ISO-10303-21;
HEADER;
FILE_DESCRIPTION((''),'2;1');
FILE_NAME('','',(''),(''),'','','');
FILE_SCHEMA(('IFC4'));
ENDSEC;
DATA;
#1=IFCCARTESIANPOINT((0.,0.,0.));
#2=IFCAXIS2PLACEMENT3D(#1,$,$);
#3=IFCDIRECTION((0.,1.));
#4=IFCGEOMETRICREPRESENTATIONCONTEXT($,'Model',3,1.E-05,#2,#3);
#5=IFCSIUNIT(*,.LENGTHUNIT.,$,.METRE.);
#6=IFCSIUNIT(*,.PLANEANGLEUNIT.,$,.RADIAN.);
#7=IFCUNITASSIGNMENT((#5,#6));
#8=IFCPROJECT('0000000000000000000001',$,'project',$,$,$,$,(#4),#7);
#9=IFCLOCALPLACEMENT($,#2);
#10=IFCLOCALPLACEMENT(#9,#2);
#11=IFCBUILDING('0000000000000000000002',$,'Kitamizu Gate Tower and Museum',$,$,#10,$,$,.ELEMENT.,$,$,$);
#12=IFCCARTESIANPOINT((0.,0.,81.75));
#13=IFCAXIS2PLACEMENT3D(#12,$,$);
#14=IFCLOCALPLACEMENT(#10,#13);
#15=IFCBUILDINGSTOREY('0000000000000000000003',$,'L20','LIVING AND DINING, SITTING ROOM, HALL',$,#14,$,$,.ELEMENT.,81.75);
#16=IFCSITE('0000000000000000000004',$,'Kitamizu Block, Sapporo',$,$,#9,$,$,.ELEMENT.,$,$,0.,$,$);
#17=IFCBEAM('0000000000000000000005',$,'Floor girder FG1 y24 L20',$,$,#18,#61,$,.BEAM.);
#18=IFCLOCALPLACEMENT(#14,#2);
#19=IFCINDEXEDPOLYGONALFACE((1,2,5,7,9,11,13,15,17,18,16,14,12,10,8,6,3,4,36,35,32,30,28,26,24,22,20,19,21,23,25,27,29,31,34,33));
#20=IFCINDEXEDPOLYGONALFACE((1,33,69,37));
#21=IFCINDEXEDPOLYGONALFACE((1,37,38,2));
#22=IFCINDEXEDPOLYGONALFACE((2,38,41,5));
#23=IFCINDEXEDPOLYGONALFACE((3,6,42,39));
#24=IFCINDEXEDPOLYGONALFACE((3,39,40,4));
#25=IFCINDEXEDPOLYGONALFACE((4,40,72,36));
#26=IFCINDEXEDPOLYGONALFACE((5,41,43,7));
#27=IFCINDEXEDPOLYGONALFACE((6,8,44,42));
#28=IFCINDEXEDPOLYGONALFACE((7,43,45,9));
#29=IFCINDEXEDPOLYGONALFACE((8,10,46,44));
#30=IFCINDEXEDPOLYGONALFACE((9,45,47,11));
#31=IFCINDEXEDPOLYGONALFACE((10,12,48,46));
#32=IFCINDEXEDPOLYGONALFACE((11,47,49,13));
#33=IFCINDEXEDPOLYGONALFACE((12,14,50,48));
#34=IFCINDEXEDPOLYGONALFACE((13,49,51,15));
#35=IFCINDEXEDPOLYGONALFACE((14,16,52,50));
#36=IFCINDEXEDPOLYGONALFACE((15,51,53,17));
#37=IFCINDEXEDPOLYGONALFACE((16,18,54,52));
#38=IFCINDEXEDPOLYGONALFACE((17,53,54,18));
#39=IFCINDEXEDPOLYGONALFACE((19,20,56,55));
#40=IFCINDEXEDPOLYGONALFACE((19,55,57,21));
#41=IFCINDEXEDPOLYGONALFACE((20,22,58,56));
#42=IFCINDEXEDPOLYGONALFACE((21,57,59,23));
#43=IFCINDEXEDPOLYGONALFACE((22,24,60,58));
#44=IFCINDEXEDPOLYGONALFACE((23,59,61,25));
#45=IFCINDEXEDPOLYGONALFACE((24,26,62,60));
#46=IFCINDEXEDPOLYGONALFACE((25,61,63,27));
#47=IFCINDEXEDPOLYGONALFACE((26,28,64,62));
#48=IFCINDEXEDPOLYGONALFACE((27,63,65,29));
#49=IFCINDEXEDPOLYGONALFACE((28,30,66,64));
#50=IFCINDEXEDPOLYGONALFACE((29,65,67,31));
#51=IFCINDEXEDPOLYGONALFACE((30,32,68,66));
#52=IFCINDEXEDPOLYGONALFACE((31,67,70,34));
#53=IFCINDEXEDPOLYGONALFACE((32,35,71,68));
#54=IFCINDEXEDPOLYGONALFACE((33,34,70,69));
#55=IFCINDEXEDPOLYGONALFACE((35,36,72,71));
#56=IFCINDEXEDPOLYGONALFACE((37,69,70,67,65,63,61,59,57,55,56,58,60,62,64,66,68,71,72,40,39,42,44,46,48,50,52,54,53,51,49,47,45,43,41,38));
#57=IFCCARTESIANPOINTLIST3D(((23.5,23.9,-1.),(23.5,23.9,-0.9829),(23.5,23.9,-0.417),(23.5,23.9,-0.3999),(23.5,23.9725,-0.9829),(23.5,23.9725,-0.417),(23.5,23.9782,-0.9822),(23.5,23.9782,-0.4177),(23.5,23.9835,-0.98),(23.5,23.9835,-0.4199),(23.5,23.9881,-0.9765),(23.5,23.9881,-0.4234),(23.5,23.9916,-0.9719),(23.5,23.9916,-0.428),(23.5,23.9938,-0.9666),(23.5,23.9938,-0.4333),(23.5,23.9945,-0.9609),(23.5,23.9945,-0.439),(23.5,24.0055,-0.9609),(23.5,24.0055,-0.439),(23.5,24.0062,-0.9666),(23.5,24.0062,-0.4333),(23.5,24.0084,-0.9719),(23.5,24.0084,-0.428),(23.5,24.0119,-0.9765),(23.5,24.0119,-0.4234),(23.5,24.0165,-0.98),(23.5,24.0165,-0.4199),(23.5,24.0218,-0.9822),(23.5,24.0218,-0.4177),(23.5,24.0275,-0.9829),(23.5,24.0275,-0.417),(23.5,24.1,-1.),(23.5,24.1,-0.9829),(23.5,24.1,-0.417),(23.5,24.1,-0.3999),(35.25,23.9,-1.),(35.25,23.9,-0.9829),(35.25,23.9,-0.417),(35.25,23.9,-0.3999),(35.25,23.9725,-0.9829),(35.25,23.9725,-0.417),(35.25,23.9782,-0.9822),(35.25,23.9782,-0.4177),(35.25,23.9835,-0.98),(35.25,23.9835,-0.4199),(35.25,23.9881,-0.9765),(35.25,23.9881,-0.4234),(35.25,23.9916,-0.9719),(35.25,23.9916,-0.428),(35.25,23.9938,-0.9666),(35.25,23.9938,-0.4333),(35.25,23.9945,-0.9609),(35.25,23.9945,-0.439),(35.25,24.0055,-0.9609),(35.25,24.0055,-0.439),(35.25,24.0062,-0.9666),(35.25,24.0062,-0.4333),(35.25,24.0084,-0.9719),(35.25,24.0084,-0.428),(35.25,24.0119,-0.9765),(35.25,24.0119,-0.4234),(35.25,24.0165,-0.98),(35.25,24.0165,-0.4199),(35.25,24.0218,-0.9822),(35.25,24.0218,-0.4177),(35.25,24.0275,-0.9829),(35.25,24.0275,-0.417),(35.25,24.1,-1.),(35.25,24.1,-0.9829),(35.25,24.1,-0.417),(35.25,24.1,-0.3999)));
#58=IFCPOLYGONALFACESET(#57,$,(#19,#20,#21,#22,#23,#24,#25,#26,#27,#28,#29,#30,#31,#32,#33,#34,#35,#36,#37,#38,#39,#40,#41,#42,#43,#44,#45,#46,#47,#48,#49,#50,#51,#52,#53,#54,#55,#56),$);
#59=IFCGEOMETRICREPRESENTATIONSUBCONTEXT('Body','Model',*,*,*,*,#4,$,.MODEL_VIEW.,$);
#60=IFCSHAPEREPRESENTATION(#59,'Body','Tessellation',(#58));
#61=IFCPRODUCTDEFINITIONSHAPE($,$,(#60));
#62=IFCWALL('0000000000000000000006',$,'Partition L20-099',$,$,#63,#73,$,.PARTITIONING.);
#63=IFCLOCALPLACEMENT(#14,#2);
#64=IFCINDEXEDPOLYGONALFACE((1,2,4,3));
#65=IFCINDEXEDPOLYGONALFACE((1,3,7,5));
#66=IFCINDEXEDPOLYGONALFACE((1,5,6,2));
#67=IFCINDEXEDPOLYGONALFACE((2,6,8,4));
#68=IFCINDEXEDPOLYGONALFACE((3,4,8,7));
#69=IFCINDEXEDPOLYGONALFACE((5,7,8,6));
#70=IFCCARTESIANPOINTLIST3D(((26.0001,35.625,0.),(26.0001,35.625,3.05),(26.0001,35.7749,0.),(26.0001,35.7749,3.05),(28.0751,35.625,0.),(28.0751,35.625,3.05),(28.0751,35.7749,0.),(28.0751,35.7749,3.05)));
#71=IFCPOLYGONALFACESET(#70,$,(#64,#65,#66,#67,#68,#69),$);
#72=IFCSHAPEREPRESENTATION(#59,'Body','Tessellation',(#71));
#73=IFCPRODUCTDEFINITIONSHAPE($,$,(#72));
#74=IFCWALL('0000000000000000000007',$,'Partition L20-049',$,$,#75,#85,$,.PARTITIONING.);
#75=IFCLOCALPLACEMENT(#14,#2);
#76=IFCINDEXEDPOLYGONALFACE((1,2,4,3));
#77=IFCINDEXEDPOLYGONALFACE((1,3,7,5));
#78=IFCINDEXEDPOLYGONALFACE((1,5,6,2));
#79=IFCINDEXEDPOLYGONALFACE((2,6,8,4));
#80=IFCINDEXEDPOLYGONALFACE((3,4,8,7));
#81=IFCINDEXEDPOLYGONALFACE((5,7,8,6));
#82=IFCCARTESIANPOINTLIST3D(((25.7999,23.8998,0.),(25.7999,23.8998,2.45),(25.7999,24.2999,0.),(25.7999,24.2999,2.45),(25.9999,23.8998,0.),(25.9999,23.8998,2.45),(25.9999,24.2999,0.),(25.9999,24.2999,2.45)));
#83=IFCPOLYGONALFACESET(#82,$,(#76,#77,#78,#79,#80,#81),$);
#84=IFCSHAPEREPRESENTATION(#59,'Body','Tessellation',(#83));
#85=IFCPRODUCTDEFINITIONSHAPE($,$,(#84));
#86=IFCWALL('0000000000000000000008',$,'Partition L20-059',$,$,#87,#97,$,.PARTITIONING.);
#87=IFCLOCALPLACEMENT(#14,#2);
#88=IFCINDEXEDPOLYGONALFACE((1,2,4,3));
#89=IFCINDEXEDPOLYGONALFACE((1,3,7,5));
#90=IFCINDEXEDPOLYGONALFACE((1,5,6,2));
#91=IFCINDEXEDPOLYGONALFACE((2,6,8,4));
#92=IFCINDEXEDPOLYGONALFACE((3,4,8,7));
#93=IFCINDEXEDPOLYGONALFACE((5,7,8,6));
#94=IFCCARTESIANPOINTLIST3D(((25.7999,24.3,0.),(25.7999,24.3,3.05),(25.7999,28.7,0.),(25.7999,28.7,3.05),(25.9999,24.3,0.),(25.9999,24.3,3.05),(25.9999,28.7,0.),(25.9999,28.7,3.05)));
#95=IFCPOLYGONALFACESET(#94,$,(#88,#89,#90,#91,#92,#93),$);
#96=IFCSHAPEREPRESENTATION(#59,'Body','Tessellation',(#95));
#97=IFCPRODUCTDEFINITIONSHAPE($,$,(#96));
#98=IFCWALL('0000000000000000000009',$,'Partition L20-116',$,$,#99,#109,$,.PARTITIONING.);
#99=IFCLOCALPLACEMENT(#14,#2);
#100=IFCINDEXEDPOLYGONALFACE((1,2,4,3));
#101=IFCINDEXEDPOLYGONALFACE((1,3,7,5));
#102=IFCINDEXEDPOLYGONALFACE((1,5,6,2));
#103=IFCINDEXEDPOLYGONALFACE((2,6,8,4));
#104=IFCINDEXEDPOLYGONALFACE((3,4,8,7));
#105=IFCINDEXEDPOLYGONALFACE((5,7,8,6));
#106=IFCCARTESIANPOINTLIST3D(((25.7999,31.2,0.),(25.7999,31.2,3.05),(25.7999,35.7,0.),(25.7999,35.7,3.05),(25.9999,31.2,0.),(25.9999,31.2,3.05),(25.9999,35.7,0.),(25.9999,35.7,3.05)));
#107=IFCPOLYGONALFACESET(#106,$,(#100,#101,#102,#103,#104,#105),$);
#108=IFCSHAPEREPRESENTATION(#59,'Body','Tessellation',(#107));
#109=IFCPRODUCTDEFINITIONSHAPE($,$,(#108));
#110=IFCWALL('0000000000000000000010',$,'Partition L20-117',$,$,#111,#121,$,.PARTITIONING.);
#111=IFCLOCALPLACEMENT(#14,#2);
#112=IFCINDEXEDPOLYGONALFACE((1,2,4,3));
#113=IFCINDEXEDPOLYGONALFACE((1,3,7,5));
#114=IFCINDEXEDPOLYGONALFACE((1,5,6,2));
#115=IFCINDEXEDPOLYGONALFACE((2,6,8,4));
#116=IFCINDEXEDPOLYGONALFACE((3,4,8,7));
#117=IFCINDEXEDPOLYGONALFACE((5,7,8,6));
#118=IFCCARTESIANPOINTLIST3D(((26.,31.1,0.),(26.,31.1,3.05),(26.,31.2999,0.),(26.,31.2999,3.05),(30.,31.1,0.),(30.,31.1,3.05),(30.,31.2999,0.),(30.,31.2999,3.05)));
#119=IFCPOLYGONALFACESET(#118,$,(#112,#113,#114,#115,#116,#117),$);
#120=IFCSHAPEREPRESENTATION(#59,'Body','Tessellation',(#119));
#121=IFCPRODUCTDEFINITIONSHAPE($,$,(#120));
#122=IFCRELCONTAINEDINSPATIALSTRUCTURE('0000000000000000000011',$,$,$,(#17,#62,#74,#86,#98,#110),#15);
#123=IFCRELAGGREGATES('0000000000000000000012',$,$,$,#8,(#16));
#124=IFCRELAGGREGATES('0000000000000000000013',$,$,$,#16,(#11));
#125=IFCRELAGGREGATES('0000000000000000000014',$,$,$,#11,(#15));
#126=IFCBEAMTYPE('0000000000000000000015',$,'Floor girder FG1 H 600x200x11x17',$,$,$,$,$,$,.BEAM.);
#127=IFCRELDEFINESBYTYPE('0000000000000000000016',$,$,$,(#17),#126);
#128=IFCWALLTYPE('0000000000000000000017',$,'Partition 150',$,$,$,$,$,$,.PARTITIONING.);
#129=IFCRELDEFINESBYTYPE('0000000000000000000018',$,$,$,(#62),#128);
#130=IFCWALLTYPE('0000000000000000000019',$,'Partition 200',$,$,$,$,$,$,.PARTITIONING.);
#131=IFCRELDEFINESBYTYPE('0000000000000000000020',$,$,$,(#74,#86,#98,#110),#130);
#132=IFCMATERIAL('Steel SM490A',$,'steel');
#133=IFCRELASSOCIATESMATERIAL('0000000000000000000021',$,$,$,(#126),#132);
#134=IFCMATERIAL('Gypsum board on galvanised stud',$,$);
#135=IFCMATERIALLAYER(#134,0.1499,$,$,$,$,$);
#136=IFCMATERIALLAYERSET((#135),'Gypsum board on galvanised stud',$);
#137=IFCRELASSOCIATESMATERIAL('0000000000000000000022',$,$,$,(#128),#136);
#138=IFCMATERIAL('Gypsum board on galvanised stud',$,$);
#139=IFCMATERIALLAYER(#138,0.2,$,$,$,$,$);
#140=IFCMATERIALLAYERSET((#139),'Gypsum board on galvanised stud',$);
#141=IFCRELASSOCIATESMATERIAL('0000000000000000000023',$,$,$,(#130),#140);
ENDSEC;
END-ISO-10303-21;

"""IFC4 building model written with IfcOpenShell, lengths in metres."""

from ifc_helpers import new_model, si_unit, direction, frame, frame_2d, origin, origin_2d, place, context, subcontext, project, spatial, rectangle, i_section, extrude, material, layer, layer_set, material_profile, profile_set, type_object, element, save


model = new_model("IFC4")

# Units and contexts
model_context = context("Model", 3, precision=1e-05, world=origin(), true_north=direction((0.0, 1.0)))
body_context = subcontext(model_context, "Body", "Model", "MODEL_VIEW")
ifc_project = project(units=[si_unit("LENGTHUNIT", "METRE"), si_unit("PLANEANGLEUNIT", "RADIAN")], contexts=[model_context])

# Site, building, storey
site_placement = place(None, origin())
site = spatial("IfcSite", under=ifc_project, at=site_placement, Name="Kitamizu Block, Sapporo", CompositionType="ELEMENT", RefElevation=0.0)
building_placement = place(site_placement, origin())
building = spatial("IfcBuilding", under=site, at=building_placement, Name="Kitamizu Gate Tower and Museum", CompositionType="ELEMENT")
storey_placement = place(building_placement, frame((0.0, 0.0, 81.75)))
storey = spatial("IfcBuildingStorey", under=building, at=storey_placement, Name="L20", Description="LIVING AND DINING, SITTING ROOM, HALL", CompositionType="ELEMENT", Elevation=81.75)

# Beam
ifc_material_1 = material(Name="Steel SM490A", Category="steel")
ifc_material_profile = material_profile(ifc_material_1, i_section(OverallWidth=0.2, OverallDepth=0.6001, WebThickness=0.011, FlangeThickness=0.0171, FilletRadius=0.022, at=origin_2d()), Name="H-600x200x11x17")
ifc_profile_set = profile_set([ifc_material_profile], Name="Steel SM490A")
beam_type = type_object("IfcBeamType", Name="Floor girder FG1 H 600x200x11x17", PredefinedType="BEAM", material=ifc_profile_set)
beam_placement = place(storey_placement, frame((23.5, 24.0, -0.7), z_axis=(1.0, 0.0, 0.0), x_axis=(0.0, 1.0, 0.0)))
element("IfcBeam", 1, at=beam_placement, inside=storey, type_object=beam_type, Name="Floor girder FG1 y24 L20", PredefinedType="BEAM", context=body_context, shape_type="SweptSolid", body=[
    extrude(i_section(OverallWidth=0.2, OverallDepth=0.6001, WebThickness=0.011, FlangeThickness=0.0171, FilletRadius=0.022, at=origin_2d()), origin(), (0.0, 0.0, 1.0), 11.75),
])

# Walls
ifc_material_2 = material(Name="Gypsum board on galvanised stud")
ifc_layer_1 = layer(ifc_material_2, 0.1499)
ifc_layer_set_1 = layer_set([ifc_layer_1], Name="Gypsum board on galvanised stud")
wall_type_1 = type_object("IfcWallType", Name="Partition 150", PredefinedType="PARTITIONING", material=ifc_layer_set_1)
wall_1_placement = place(storey_placement, frame((26.0, 35.7, 0.0), z_axis=(0.0, 0.0, 1.0), x_axis=(1.0, 0.0, 0.0)))
element("IfcWall", 2, at=wall_1_placement, inside=storey, type_object=wall_type_1, Name="Partition L20-099", PredefinedType="PARTITIONING", context=body_context, shape_type="SweptSolid", body=[
    extrude(rectangle(XDim=2.075, YDim=0.1499, at=frame_2d((1.0376, 0.0))), origin(), (0.0, 0.0, 1.0), 3.05),
])
ifc_material_3 = material(Name="Gypsum board on galvanised stud")
ifc_layer_2 = layer(ifc_material_3, 0.2)
ifc_layer_set_2 = layer_set([ifc_layer_2], Name="Gypsum board on galvanised stud")
wall_type_2 = type_object("IfcWallType", Name="Partition 200", PredefinedType="PARTITIONING", material=ifc_layer_set_2)
wall_2_placement = place(storey_placement, frame((25.8999, 24.3, 0.0), z_axis=(0.0, 0.0, 1.0), x_axis=(0.0, -1.0, 0.0)))
element("IfcWall", 3, at=wall_2_placement, inside=storey, type_object=wall_type_2, Name="Partition L20-049", PredefinedType="PARTITIONING", context=body_context, shape_type="SweptSolid", body=[
    extrude(rectangle(XDim=0.4001, YDim=0.2, at=frame_2d((0.2002, 0.0))), origin(), (0.0, 0.0, 1.0), 2.45),
])
wall_3_placement = place(storey_placement, frame((25.8999, 28.7, 0.0), z_axis=(0.0, 0.0, 1.0), x_axis=(0.0, -1.0, 0.0)))
element("IfcWall", 4, at=wall_3_placement, inside=storey, type_object=wall_type_2, Name="Partition L20-059", PredefinedType="PARTITIONING", context=body_context, shape_type="SweptSolid", body=[
    extrude(rectangle(XDim=4.3999, YDim=0.2, at=frame_2d((2.2, 0.0))), origin(), (0.0, 0.0, 1.0), 3.05),
])
wall_4_placement = place(storey_placement, frame((25.8999, 35.7, 0.0), z_axis=(0.0, 0.0, 1.0), x_axis=(0.0, -1.0, 0.0)))
element("IfcWall", 5, at=wall_4_placement, inside=storey, type_object=wall_type_2, Name="Partition L20-116", PredefinedType="PARTITIONING", context=body_context, shape_type="SweptSolid", body=[
    extrude(rectangle(XDim=4.5, YDim=0.2, at=frame_2d((2.25, 0.0))), origin(), (0.0, 0.0, 1.0), 3.05),
])
wall_5_placement = place(storey_placement, frame((26.0, 31.2, 0.0), z_axis=(0.0, 0.0, 1.0), x_axis=(1.0, 0.0, 0.0)))
element("IfcWall", 6, at=wall_5_placement, inside=storey, type_object=wall_type_2, Name="Partition L20-117", PredefinedType="PARTITIONING", context=body_context, shape_type="SweptSolid", body=[
    extrude(rectangle(XDim=4.0, YDim=0.2, at=frame_2d((2.0, 0.0))), origin(), (0.0, 0.0, 1.0), 3.05),
])

save(model, "model.ifc")
